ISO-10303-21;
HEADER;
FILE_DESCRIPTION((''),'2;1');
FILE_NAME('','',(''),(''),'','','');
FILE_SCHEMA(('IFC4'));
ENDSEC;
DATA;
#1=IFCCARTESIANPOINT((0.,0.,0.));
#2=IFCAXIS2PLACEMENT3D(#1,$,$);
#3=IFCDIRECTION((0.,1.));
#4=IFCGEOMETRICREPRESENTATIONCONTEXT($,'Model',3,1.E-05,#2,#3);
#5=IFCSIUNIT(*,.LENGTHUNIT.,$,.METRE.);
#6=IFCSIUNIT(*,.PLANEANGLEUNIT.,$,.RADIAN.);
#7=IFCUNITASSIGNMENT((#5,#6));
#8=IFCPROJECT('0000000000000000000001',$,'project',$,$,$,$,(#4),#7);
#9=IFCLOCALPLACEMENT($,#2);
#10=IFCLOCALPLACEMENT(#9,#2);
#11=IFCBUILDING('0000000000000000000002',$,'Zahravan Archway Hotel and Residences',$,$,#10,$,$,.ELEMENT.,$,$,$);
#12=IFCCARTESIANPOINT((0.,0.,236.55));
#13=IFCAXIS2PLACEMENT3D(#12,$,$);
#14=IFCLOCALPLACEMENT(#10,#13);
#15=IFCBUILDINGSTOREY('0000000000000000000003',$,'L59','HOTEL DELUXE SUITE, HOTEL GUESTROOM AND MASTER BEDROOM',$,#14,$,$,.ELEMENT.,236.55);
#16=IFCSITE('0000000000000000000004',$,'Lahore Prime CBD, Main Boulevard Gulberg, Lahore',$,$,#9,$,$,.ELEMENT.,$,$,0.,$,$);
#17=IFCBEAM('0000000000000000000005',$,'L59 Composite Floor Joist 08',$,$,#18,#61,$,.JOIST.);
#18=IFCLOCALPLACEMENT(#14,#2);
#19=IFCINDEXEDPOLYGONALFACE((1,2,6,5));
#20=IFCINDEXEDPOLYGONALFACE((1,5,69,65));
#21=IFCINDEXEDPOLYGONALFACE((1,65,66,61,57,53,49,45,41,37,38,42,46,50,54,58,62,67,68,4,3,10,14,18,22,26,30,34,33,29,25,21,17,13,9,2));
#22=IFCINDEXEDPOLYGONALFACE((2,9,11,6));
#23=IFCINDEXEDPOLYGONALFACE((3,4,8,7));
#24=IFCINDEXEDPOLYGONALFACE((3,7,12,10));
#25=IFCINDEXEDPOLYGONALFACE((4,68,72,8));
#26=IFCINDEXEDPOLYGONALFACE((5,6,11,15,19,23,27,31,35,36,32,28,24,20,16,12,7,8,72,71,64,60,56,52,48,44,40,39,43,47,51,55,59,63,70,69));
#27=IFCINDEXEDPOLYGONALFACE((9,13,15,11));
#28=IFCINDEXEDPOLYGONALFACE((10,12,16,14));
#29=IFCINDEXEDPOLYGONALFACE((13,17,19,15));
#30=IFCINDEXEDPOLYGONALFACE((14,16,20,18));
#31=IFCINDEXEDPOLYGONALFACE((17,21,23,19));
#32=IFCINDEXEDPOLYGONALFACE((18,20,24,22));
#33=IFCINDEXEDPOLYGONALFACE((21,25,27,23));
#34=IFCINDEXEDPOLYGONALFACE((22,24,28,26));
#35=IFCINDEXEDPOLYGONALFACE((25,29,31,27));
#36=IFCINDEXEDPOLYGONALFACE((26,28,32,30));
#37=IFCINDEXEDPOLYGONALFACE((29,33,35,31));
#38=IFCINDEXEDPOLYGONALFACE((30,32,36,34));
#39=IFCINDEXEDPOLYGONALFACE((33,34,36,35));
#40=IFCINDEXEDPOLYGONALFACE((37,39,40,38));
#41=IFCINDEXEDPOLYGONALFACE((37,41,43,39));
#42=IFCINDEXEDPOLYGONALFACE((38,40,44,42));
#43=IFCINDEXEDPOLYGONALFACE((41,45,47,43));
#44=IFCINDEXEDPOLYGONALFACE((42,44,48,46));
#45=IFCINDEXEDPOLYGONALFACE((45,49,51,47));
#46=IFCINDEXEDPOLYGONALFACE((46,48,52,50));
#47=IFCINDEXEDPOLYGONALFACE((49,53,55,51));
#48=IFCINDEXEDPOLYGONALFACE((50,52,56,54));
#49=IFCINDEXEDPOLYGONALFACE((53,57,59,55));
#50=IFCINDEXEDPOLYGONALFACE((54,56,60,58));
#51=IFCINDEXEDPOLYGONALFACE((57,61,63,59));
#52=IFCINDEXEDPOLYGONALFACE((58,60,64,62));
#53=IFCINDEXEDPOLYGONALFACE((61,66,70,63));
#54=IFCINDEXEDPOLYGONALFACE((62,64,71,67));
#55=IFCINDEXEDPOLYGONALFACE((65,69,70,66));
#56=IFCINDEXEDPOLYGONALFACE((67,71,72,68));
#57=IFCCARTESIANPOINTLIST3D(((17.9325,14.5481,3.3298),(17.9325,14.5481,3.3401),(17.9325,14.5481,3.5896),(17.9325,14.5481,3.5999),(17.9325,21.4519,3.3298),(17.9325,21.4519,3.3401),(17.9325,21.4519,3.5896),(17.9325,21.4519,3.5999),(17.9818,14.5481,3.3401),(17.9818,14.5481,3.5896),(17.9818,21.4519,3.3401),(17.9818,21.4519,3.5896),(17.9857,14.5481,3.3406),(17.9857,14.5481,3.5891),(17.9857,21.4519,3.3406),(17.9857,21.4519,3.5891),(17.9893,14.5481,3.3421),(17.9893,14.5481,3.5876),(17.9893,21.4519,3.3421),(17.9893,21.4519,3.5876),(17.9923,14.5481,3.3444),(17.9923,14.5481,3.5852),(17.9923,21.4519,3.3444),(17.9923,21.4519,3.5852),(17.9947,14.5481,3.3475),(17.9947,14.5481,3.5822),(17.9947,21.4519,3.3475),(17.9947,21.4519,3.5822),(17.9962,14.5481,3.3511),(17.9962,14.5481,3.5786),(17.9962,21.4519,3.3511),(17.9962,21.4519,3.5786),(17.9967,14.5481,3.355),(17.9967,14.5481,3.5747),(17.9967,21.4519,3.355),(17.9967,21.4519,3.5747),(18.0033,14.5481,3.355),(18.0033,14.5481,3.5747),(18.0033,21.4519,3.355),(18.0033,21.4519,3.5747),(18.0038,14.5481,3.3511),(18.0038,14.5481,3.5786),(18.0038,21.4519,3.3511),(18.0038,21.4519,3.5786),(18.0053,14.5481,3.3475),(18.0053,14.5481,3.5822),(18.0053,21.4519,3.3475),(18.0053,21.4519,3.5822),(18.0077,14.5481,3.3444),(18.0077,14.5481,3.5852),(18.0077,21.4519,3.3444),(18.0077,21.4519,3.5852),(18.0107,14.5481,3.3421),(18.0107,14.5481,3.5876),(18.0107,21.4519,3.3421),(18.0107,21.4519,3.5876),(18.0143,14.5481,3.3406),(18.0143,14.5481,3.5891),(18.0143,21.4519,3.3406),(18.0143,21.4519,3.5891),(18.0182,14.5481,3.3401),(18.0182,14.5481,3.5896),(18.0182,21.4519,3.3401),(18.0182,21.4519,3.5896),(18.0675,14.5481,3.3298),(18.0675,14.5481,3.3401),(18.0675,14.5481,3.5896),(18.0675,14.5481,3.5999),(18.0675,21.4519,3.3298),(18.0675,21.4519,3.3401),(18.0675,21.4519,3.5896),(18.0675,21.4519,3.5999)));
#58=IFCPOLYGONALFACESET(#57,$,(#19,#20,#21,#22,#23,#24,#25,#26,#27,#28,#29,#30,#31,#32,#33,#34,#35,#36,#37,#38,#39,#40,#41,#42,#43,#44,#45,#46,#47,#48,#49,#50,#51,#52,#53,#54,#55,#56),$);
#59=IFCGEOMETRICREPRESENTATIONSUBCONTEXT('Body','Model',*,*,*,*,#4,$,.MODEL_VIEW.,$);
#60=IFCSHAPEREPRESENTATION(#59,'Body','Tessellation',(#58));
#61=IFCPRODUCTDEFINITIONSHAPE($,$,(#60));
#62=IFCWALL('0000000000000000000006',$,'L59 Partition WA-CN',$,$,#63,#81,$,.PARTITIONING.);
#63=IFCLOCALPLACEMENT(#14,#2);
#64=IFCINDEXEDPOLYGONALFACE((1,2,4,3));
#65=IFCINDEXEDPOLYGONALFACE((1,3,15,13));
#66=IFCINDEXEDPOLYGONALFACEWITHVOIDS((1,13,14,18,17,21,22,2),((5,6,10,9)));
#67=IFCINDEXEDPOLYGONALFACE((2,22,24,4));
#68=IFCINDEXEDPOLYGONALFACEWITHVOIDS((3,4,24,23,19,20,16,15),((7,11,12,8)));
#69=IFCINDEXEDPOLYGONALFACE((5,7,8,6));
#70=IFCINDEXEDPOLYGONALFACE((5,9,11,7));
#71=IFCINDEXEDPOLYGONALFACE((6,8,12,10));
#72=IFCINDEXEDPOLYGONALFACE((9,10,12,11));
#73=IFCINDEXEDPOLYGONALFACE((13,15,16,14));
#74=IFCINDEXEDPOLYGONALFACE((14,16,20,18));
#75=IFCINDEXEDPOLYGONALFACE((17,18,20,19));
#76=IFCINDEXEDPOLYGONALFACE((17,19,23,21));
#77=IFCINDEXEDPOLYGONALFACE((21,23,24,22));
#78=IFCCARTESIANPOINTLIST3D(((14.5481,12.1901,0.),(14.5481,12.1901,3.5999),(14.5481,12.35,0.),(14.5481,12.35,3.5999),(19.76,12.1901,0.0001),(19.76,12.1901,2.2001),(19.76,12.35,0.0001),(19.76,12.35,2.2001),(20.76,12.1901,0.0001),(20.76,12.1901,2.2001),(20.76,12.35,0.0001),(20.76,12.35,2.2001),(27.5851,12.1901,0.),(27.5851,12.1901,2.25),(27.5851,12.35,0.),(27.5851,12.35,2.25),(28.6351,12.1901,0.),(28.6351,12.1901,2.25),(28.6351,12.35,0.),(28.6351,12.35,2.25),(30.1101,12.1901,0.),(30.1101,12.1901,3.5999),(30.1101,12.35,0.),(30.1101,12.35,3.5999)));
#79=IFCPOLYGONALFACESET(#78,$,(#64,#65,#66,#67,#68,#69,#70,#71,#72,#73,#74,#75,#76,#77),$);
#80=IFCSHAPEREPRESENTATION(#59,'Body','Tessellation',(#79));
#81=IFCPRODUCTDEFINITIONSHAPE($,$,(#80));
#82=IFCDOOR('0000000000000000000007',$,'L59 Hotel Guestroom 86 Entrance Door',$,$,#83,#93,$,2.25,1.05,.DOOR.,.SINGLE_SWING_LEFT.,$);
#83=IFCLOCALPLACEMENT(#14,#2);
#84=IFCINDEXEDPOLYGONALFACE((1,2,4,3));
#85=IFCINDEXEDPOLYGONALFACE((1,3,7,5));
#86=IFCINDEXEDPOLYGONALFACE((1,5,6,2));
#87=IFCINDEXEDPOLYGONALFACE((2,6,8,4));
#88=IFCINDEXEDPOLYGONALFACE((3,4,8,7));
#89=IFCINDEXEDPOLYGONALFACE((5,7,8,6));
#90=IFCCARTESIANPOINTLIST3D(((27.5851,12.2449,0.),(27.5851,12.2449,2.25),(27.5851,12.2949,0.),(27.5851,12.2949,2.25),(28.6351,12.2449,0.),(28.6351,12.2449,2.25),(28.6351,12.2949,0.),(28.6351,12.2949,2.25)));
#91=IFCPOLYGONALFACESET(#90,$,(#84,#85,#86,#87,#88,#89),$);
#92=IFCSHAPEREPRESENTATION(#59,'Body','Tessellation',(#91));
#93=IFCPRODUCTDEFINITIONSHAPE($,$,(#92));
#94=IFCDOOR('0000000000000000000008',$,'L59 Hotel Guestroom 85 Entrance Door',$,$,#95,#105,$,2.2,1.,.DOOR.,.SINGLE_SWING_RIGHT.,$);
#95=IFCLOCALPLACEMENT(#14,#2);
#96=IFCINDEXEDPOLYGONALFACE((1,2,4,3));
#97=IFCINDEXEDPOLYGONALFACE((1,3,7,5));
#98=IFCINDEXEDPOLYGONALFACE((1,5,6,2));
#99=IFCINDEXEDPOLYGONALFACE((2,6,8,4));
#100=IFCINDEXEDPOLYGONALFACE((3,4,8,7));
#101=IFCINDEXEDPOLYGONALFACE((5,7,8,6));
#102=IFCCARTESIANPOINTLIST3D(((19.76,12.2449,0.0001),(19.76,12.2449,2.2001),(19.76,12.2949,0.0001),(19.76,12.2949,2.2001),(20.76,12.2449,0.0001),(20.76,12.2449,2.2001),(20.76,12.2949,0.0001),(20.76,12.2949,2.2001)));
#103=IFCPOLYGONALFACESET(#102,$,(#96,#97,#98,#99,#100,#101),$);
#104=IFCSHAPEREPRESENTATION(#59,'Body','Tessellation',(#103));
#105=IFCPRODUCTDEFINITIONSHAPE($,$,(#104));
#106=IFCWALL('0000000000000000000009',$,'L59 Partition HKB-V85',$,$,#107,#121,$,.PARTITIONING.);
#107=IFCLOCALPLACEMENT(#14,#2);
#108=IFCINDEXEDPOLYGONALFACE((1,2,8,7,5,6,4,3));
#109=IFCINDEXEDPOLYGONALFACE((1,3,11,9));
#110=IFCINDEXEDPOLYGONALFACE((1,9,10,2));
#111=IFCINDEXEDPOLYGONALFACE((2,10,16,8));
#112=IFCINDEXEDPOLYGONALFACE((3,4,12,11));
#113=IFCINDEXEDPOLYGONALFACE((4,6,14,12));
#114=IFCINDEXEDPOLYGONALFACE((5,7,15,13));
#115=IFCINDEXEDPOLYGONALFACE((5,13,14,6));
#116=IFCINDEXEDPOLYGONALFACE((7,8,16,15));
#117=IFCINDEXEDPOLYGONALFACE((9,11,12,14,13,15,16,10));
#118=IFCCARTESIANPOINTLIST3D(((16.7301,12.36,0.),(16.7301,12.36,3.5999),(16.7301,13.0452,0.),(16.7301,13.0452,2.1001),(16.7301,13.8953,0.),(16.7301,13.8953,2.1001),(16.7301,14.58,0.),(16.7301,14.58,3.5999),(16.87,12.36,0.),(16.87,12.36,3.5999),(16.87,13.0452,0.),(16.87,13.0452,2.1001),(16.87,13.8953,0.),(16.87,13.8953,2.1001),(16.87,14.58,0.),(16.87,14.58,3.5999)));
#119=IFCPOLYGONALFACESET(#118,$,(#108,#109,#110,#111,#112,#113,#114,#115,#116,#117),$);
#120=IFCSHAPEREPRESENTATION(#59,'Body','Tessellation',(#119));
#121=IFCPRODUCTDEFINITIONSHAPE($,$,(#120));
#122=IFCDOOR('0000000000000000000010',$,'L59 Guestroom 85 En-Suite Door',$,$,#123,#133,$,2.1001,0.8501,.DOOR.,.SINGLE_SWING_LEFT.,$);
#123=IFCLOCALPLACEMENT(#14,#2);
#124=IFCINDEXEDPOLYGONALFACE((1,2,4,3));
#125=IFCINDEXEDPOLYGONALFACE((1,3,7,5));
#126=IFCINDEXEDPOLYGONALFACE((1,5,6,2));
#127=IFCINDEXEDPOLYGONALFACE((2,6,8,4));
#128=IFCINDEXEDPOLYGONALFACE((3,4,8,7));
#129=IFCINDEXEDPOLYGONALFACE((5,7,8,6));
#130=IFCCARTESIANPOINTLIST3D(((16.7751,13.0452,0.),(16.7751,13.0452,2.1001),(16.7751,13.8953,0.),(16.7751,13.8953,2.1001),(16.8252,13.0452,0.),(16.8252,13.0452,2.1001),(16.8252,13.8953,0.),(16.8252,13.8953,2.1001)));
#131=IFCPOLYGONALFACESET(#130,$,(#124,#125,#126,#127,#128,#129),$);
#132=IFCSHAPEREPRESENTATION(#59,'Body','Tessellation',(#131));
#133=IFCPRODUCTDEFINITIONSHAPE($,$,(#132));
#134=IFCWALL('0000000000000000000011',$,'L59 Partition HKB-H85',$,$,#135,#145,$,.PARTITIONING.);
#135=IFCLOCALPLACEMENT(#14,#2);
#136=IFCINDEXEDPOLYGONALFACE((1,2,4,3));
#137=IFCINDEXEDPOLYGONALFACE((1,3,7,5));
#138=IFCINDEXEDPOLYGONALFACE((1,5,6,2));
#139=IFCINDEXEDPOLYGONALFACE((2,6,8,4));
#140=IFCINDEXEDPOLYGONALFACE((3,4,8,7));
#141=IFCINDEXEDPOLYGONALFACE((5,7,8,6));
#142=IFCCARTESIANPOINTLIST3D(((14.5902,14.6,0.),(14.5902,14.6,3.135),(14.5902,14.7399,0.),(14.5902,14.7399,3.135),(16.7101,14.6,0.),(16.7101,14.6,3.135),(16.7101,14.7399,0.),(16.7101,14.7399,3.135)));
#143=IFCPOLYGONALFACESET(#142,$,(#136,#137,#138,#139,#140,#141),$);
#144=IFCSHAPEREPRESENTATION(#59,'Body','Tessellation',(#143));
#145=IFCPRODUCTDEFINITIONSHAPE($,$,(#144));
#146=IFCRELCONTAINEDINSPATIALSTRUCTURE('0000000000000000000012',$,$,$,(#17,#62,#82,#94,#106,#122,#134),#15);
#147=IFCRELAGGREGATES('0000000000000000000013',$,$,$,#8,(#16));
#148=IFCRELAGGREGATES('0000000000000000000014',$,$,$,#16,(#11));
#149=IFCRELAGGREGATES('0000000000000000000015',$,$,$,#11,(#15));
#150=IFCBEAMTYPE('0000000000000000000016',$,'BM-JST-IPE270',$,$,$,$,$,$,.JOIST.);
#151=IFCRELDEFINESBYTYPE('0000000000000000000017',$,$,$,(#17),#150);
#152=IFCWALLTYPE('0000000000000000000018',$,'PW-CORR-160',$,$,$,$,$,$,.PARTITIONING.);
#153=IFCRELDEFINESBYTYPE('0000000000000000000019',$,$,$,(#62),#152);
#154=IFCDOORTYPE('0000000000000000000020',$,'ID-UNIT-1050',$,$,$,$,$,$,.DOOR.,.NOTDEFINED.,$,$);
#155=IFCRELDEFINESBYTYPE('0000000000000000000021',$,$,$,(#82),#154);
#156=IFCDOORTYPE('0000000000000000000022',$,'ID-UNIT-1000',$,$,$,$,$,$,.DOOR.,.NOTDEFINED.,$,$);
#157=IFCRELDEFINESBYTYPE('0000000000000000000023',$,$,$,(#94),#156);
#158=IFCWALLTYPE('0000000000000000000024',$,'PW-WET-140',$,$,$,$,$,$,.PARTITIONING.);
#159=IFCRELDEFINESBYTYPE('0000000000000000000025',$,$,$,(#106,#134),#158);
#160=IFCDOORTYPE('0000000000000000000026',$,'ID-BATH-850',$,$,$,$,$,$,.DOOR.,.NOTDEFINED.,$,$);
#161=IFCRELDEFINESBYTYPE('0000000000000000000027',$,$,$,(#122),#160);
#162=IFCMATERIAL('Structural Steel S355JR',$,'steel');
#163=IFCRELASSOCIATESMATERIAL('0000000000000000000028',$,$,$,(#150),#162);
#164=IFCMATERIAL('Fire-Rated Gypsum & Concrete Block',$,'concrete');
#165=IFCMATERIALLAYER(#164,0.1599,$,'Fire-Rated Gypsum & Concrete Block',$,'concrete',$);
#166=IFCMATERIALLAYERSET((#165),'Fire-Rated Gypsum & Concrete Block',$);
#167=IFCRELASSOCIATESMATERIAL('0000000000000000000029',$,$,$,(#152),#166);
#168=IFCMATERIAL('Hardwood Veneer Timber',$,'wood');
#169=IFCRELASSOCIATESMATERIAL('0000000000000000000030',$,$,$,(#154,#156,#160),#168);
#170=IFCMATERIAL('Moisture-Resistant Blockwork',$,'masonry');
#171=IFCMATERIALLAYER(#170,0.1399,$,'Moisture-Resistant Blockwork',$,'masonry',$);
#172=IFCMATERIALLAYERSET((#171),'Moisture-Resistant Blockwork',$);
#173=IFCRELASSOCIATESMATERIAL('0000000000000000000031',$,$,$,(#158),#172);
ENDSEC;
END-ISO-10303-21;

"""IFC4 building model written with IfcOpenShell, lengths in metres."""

from ifc_helpers import new_model, si_unit, direction, frame, frame_2d, origin, origin_2d, place, context, subcontext, project, spatial, rectangle, i_section, extrude, source, transform, mapped, material, layer, layer_set, material_profile, profile_set, type_object, type_shapes, element, fill, save


model = new_model("IFC4")

# Units and contexts
model_context = context("Model", 3, precision=1e-05, world=origin(), true_north=direction((0.0, 1.0)))
body_context = subcontext(model_context, "Body", "Model", "MODEL_VIEW")
ifc_project = project(units=[si_unit("LENGTHUNIT", "METRE"), si_unit("PLANEANGLEUNIT", "RADIAN")], contexts=[model_context])

# Site, building, storey
site_placement = place(None, origin())
site = spatial("IfcSite", under=ifc_project, at=site_placement, Name="Lahore Prime CBD, Main Boulevard Gulberg, Lahore", CompositionType="ELEMENT", RefElevation=0.0)
building_placement = place(site_placement, origin())
building = spatial("IfcBuilding", under=site, at=building_placement, Name="Zahravan Archway Hotel and Residences", CompositionType="ELEMENT")
storey_placement = place(building_placement, frame((0.0, 0.0, 236.55)))
storey = spatial("IfcBuildingStorey", under=building, at=storey_placement, Name="L59", Description="HOTEL DELUXE SUITE, HOTEL GUESTROOM AND MASTER BEDROOM", CompositionType="ELEMENT", Elevation=236.55)

# Beam
ifc_material_1 = material(Name="Structural Steel S355JR", Category="steel")
ifc_material_profile_1 = material_profile(ifc_material_1, i_section(OverallWidth=0.135, OverallDepth=0.27, WebThickness=0.0066, FlangeThickness=0.0103, FilletRadius=0.0149, at=origin_2d()), Name="IPE 270", Category="steel")
ifc_profile_set_1 = profile_set([ifc_material_profile_1], Name="Structural Steel S355JR")
beam_type_1 = type_object("IfcBeamType", Name="BM-JST-IPE270", PredefinedType="JOIST", material=ifc_profile_set_1)
shared_shape_1 = source(origin(), body_context, "Body", "SweptSolid", [
    extrude(i_section(OverallWidth=0.135, OverallDepth=0.27, WebThickness=0.0066, FlangeThickness=0.0103, FilletRadius=0.0149, at=origin_2d()), origin(), (0.0, 0.0, 1.0), 6.9038),
])
beam_1_placement = place(storey_placement, frame((18.0, 14.5481, 3.4648), z_axis=(0.0, 1.0, 0.0), x_axis=(-1.0, 0.0, 0.0)))
element("IfcBeam", 1, at=beam_1_placement, inside=storey, type_object=beam_type_1, Name="L59 Composite Floor Joist 08", PredefinedType="JOIST", context=body_context, shape_type="MappedRepresentation", body=[
    mapped(shared_shape_1, transform((0.0, 0.0, 0.0), scale=1.0)),
])

# Wall, openings, doors
ifc_material_2 = material(Name="Fire-Rated Gypsum & Concrete Block", Category="concrete")
ifc_layer_1 = layer(ifc_material_2, 0.1599, Name="Fire-Rated Gypsum & Concrete Block", Category="concrete")
ifc_layer_set_1 = layer_set([ifc_layer_1], Name="Fire-Rated Gypsum & Concrete Block")
wall_type_1 = type_object("IfcWallType", Name="PW-CORR-160", PredefinedType="PARTITIONING", material=ifc_layer_set_1)
wall_1_placement = place(storey_placement, frame((14.5481, 12.27, 0.0), z_axis=(0.0, 0.0, 1.0), x_axis=(1.0, 0.0, 0.0)))
wall_1 = element("IfcWall", 2, at=wall_1_placement, inside=storey, type_object=wall_type_1, Name="L59 Partition WA-CN", PredefinedType="PARTITIONING", context=body_context, shape_type="SweptSolid", body=[
    extrude(rectangle(XDim=15.562, YDim=0.1599, at=frame_2d((7.781, 0.0))), origin(), (0.0, 0.0, 1.0), 3.5999),
])
opening_1_placement = place(wall_1_placement, frame((5.2119, 0.0, 0.0)))
opening_1 = element("IfcOpeningElement", 3, at=opening_1_placement, cuts=wall_1, PredefinedType="OPENING", context=body_context, shape_type="SweptSolid", body=[
    extrude(rectangle(XDim=1.0, YDim=2.2, at=frame_2d((0.5, 1.1001))), frame((0.0, 0.0898, 0.0), z_axis=(0.0, -1.0, 0.0), x_axis=(1.0, 0.0, 0.0)), (0.0, 0.0, 1.0), 0.1799),
])
opening_2_placement = place(wall_1_placement, frame((13.0371, 0.0, 0.0)))
opening_2 = element("IfcOpeningElement", 4, at=opening_2_placement, cuts=wall_1, PredefinedType="OPENING", context=body_context, shape_type="SweptSolid", body=[
    extrude(rectangle(XDim=1.05, YDim=2.25, at=frame_2d((0.5249, 1.125))), frame((0.0, 0.0898, 0.0), z_axis=(0.0, -1.0, 0.0), x_axis=(1.0, 0.0, 0.0)), (0.0, 0.0, 1.0), 0.1799),
])
ifc_material_3 = material(Name="Hardwood Veneer Timber", Category="wood")
door_type_1 = type_object("IfcDoorType", Name="ID-UNIT-1050", OperationType="NOTDEFINED", PredefinedType="DOOR", material=ifc_material_3)
shared_shape_2 = source(origin(), body_context, "Body", "SweptSolid", [
    extrude(rectangle(XDim=1.05, YDim=2.25, at=frame_2d((0.5249, 1.125))), frame((0.0, 0.0249, 0.0), z_axis=(0.0, -1.0, 0.0), x_axis=(1.0, 0.0, 0.0)), (0.0, 0.0, 1.0), 0.05),
])
type_shapes(door_type_1, [shared_shape_2])
door_1_placement = place(opening_2_placement, origin())
door_1 = element("IfcDoor", 5, at=door_1_placement, inside=storey, type_object=door_type_1, Name="L59 Hotel Guestroom 86 Entrance Door", OperationType="SINGLE_SWING_LEFT", OverallHeight=2.25, OverallWidth=1.05, PredefinedType="DOOR", context=body_context, shape_type="MappedRepresentation", body=[
    mapped(shared_shape_2, transform((0.0, 0.0, 0.0), scale=1.0)),
])
fill(opening_2, door_1)
door_type_2 = type_object("IfcDoorType", Name="ID-UNIT-1000", OperationType="NOTDEFINED", PredefinedType="DOOR", material=ifc_material_3)
shared_shape_3 = source(origin(), body_context, "Body", "SweptSolid", [
    extrude(rectangle(XDim=1.0, YDim=2.2, at=frame_2d((0.5, 1.1001))), frame((0.0, 0.0249, 0.0), z_axis=(0.0, -1.0, 0.0), x_axis=(1.0, 0.0, 0.0)), (0.0, 0.0, 1.0), 0.05),
])
type_shapes(door_type_2, [shared_shape_3])
door_2_placement = place(opening_1_placement, origin())
door_2 = element("IfcDoor", 6, at=door_2_placement, inside=storey, type_object=door_type_2, Name="L59 Hotel Guestroom 85 Entrance Door", OperationType="SINGLE_SWING_RIGHT", OverallHeight=2.2, OverallWidth=1.0, PredefinedType="DOOR", context=body_context, shape_type="MappedRepresentation", body=[
    mapped(shared_shape_3, transform((0.0, 0.0, 0.0), scale=1.0)),
])
fill(opening_1, door_2)

# Wall, opening, door
ifc_material_4 = material(Name="Moisture-Resistant Blockwork", Category="masonry")
ifc_layer_2 = layer(ifc_material_4, 0.1399, Name="Moisture-Resistant Blockwork", Category="masonry")
ifc_layer_set_2 = layer_set([ifc_layer_2], Name="Moisture-Resistant Blockwork")
wall_type_2 = type_object("IfcWallType", Name="PW-WET-140", PredefinedType="PARTITIONING", material=ifc_layer_set_2)
wall_2_placement = place(storey_placement, frame((16.8, 12.3601, 0.0), z_axis=(0.0, 0.0, 1.0), x_axis=(0.0, 1.0, 0.0)))
wall_2 = element("IfcWall", 7, at=wall_2_placement, inside=storey, type_object=wall_type_2, Name="L59 Partition HKB-V85", PredefinedType="PARTITIONING", context=body_context, shape_type="SweptSolid", body=[
    extrude(rectangle(XDim=2.22, YDim=0.1399, at=frame_2d((1.1099, 0.0))), origin(), (0.0, 0.0, 1.0), 3.5999),
])
opening_3_placement = place(wall_2_placement, frame((0.6851, 0.0, 0.0)))
opening_3 = element("IfcOpeningElement", 8, at=opening_3_placement, cuts=wall_2, PredefinedType="OPENING", context=body_context, shape_type="SweptSolid", body=[
    extrude(rectangle(XDim=0.8501, YDim=2.1001, at=frame_2d((0.425, 1.05))), frame((0.0, 0.0801, 0.0), z_axis=(0.0, -1.0, 0.0), x_axis=(1.0, 0.0, 0.0)), (0.0, 0.0, 1.0), 0.1599),
])
door_type_3 = type_object("IfcDoorType", Name="ID-BATH-850", OperationType="NOTDEFINED", PredefinedType="DOOR", material=ifc_material_3)
shared_shape_4 = source(origin(), body_context, "Body", "SweptSolid", [
    extrude(rectangle(XDim=0.8501, YDim=2.1001, at=frame_2d((0.425, 1.05))), frame((0.0, 0.0249, 0.0), z_axis=(0.0, -1.0, 0.0), x_axis=(1.0, 0.0, 0.0)), (0.0, 0.0, 1.0), 0.05),
])
type_shapes(door_type_3, [shared_shape_4])
door_3_placement = place(opening_3_placement, origin())
door_3 = element("IfcDoor", 9, at=door_3_placement, inside=storey, type_object=door_type_3, Name="L59 Guestroom 85 En-Suite Door", OperationType="SINGLE_SWING_LEFT", OverallHeight=2.1001, OverallWidth=0.8501, PredefinedType="DOOR", context=body_context, shape_type="MappedRepresentation", body=[
    mapped(shared_shape_4, transform((0.0, 0.0, 0.0), scale=1.0)),
])
fill(opening_3, door_3)

# Wall
wall_3_placement = place(storey_placement, frame((14.5901, 14.6699, 0.0), z_axis=(0.0, 0.0, 1.0), x_axis=(1.0, 0.0, 0.0)))
element("IfcWall", 10, at=wall_3_placement, inside=storey, type_object=wall_type_2, Name="L59 Partition HKB-H85", PredefinedType="PARTITIONING", context=body_context, shape_type="SweptSolid", body=[
    extrude(rectangle(XDim=2.1199, YDim=0.1399, at=frame_2d((1.0601, 0.0))), origin(), (0.0, 0.0, 1.0), 3.135),
])

save(model, "model.ifc")
